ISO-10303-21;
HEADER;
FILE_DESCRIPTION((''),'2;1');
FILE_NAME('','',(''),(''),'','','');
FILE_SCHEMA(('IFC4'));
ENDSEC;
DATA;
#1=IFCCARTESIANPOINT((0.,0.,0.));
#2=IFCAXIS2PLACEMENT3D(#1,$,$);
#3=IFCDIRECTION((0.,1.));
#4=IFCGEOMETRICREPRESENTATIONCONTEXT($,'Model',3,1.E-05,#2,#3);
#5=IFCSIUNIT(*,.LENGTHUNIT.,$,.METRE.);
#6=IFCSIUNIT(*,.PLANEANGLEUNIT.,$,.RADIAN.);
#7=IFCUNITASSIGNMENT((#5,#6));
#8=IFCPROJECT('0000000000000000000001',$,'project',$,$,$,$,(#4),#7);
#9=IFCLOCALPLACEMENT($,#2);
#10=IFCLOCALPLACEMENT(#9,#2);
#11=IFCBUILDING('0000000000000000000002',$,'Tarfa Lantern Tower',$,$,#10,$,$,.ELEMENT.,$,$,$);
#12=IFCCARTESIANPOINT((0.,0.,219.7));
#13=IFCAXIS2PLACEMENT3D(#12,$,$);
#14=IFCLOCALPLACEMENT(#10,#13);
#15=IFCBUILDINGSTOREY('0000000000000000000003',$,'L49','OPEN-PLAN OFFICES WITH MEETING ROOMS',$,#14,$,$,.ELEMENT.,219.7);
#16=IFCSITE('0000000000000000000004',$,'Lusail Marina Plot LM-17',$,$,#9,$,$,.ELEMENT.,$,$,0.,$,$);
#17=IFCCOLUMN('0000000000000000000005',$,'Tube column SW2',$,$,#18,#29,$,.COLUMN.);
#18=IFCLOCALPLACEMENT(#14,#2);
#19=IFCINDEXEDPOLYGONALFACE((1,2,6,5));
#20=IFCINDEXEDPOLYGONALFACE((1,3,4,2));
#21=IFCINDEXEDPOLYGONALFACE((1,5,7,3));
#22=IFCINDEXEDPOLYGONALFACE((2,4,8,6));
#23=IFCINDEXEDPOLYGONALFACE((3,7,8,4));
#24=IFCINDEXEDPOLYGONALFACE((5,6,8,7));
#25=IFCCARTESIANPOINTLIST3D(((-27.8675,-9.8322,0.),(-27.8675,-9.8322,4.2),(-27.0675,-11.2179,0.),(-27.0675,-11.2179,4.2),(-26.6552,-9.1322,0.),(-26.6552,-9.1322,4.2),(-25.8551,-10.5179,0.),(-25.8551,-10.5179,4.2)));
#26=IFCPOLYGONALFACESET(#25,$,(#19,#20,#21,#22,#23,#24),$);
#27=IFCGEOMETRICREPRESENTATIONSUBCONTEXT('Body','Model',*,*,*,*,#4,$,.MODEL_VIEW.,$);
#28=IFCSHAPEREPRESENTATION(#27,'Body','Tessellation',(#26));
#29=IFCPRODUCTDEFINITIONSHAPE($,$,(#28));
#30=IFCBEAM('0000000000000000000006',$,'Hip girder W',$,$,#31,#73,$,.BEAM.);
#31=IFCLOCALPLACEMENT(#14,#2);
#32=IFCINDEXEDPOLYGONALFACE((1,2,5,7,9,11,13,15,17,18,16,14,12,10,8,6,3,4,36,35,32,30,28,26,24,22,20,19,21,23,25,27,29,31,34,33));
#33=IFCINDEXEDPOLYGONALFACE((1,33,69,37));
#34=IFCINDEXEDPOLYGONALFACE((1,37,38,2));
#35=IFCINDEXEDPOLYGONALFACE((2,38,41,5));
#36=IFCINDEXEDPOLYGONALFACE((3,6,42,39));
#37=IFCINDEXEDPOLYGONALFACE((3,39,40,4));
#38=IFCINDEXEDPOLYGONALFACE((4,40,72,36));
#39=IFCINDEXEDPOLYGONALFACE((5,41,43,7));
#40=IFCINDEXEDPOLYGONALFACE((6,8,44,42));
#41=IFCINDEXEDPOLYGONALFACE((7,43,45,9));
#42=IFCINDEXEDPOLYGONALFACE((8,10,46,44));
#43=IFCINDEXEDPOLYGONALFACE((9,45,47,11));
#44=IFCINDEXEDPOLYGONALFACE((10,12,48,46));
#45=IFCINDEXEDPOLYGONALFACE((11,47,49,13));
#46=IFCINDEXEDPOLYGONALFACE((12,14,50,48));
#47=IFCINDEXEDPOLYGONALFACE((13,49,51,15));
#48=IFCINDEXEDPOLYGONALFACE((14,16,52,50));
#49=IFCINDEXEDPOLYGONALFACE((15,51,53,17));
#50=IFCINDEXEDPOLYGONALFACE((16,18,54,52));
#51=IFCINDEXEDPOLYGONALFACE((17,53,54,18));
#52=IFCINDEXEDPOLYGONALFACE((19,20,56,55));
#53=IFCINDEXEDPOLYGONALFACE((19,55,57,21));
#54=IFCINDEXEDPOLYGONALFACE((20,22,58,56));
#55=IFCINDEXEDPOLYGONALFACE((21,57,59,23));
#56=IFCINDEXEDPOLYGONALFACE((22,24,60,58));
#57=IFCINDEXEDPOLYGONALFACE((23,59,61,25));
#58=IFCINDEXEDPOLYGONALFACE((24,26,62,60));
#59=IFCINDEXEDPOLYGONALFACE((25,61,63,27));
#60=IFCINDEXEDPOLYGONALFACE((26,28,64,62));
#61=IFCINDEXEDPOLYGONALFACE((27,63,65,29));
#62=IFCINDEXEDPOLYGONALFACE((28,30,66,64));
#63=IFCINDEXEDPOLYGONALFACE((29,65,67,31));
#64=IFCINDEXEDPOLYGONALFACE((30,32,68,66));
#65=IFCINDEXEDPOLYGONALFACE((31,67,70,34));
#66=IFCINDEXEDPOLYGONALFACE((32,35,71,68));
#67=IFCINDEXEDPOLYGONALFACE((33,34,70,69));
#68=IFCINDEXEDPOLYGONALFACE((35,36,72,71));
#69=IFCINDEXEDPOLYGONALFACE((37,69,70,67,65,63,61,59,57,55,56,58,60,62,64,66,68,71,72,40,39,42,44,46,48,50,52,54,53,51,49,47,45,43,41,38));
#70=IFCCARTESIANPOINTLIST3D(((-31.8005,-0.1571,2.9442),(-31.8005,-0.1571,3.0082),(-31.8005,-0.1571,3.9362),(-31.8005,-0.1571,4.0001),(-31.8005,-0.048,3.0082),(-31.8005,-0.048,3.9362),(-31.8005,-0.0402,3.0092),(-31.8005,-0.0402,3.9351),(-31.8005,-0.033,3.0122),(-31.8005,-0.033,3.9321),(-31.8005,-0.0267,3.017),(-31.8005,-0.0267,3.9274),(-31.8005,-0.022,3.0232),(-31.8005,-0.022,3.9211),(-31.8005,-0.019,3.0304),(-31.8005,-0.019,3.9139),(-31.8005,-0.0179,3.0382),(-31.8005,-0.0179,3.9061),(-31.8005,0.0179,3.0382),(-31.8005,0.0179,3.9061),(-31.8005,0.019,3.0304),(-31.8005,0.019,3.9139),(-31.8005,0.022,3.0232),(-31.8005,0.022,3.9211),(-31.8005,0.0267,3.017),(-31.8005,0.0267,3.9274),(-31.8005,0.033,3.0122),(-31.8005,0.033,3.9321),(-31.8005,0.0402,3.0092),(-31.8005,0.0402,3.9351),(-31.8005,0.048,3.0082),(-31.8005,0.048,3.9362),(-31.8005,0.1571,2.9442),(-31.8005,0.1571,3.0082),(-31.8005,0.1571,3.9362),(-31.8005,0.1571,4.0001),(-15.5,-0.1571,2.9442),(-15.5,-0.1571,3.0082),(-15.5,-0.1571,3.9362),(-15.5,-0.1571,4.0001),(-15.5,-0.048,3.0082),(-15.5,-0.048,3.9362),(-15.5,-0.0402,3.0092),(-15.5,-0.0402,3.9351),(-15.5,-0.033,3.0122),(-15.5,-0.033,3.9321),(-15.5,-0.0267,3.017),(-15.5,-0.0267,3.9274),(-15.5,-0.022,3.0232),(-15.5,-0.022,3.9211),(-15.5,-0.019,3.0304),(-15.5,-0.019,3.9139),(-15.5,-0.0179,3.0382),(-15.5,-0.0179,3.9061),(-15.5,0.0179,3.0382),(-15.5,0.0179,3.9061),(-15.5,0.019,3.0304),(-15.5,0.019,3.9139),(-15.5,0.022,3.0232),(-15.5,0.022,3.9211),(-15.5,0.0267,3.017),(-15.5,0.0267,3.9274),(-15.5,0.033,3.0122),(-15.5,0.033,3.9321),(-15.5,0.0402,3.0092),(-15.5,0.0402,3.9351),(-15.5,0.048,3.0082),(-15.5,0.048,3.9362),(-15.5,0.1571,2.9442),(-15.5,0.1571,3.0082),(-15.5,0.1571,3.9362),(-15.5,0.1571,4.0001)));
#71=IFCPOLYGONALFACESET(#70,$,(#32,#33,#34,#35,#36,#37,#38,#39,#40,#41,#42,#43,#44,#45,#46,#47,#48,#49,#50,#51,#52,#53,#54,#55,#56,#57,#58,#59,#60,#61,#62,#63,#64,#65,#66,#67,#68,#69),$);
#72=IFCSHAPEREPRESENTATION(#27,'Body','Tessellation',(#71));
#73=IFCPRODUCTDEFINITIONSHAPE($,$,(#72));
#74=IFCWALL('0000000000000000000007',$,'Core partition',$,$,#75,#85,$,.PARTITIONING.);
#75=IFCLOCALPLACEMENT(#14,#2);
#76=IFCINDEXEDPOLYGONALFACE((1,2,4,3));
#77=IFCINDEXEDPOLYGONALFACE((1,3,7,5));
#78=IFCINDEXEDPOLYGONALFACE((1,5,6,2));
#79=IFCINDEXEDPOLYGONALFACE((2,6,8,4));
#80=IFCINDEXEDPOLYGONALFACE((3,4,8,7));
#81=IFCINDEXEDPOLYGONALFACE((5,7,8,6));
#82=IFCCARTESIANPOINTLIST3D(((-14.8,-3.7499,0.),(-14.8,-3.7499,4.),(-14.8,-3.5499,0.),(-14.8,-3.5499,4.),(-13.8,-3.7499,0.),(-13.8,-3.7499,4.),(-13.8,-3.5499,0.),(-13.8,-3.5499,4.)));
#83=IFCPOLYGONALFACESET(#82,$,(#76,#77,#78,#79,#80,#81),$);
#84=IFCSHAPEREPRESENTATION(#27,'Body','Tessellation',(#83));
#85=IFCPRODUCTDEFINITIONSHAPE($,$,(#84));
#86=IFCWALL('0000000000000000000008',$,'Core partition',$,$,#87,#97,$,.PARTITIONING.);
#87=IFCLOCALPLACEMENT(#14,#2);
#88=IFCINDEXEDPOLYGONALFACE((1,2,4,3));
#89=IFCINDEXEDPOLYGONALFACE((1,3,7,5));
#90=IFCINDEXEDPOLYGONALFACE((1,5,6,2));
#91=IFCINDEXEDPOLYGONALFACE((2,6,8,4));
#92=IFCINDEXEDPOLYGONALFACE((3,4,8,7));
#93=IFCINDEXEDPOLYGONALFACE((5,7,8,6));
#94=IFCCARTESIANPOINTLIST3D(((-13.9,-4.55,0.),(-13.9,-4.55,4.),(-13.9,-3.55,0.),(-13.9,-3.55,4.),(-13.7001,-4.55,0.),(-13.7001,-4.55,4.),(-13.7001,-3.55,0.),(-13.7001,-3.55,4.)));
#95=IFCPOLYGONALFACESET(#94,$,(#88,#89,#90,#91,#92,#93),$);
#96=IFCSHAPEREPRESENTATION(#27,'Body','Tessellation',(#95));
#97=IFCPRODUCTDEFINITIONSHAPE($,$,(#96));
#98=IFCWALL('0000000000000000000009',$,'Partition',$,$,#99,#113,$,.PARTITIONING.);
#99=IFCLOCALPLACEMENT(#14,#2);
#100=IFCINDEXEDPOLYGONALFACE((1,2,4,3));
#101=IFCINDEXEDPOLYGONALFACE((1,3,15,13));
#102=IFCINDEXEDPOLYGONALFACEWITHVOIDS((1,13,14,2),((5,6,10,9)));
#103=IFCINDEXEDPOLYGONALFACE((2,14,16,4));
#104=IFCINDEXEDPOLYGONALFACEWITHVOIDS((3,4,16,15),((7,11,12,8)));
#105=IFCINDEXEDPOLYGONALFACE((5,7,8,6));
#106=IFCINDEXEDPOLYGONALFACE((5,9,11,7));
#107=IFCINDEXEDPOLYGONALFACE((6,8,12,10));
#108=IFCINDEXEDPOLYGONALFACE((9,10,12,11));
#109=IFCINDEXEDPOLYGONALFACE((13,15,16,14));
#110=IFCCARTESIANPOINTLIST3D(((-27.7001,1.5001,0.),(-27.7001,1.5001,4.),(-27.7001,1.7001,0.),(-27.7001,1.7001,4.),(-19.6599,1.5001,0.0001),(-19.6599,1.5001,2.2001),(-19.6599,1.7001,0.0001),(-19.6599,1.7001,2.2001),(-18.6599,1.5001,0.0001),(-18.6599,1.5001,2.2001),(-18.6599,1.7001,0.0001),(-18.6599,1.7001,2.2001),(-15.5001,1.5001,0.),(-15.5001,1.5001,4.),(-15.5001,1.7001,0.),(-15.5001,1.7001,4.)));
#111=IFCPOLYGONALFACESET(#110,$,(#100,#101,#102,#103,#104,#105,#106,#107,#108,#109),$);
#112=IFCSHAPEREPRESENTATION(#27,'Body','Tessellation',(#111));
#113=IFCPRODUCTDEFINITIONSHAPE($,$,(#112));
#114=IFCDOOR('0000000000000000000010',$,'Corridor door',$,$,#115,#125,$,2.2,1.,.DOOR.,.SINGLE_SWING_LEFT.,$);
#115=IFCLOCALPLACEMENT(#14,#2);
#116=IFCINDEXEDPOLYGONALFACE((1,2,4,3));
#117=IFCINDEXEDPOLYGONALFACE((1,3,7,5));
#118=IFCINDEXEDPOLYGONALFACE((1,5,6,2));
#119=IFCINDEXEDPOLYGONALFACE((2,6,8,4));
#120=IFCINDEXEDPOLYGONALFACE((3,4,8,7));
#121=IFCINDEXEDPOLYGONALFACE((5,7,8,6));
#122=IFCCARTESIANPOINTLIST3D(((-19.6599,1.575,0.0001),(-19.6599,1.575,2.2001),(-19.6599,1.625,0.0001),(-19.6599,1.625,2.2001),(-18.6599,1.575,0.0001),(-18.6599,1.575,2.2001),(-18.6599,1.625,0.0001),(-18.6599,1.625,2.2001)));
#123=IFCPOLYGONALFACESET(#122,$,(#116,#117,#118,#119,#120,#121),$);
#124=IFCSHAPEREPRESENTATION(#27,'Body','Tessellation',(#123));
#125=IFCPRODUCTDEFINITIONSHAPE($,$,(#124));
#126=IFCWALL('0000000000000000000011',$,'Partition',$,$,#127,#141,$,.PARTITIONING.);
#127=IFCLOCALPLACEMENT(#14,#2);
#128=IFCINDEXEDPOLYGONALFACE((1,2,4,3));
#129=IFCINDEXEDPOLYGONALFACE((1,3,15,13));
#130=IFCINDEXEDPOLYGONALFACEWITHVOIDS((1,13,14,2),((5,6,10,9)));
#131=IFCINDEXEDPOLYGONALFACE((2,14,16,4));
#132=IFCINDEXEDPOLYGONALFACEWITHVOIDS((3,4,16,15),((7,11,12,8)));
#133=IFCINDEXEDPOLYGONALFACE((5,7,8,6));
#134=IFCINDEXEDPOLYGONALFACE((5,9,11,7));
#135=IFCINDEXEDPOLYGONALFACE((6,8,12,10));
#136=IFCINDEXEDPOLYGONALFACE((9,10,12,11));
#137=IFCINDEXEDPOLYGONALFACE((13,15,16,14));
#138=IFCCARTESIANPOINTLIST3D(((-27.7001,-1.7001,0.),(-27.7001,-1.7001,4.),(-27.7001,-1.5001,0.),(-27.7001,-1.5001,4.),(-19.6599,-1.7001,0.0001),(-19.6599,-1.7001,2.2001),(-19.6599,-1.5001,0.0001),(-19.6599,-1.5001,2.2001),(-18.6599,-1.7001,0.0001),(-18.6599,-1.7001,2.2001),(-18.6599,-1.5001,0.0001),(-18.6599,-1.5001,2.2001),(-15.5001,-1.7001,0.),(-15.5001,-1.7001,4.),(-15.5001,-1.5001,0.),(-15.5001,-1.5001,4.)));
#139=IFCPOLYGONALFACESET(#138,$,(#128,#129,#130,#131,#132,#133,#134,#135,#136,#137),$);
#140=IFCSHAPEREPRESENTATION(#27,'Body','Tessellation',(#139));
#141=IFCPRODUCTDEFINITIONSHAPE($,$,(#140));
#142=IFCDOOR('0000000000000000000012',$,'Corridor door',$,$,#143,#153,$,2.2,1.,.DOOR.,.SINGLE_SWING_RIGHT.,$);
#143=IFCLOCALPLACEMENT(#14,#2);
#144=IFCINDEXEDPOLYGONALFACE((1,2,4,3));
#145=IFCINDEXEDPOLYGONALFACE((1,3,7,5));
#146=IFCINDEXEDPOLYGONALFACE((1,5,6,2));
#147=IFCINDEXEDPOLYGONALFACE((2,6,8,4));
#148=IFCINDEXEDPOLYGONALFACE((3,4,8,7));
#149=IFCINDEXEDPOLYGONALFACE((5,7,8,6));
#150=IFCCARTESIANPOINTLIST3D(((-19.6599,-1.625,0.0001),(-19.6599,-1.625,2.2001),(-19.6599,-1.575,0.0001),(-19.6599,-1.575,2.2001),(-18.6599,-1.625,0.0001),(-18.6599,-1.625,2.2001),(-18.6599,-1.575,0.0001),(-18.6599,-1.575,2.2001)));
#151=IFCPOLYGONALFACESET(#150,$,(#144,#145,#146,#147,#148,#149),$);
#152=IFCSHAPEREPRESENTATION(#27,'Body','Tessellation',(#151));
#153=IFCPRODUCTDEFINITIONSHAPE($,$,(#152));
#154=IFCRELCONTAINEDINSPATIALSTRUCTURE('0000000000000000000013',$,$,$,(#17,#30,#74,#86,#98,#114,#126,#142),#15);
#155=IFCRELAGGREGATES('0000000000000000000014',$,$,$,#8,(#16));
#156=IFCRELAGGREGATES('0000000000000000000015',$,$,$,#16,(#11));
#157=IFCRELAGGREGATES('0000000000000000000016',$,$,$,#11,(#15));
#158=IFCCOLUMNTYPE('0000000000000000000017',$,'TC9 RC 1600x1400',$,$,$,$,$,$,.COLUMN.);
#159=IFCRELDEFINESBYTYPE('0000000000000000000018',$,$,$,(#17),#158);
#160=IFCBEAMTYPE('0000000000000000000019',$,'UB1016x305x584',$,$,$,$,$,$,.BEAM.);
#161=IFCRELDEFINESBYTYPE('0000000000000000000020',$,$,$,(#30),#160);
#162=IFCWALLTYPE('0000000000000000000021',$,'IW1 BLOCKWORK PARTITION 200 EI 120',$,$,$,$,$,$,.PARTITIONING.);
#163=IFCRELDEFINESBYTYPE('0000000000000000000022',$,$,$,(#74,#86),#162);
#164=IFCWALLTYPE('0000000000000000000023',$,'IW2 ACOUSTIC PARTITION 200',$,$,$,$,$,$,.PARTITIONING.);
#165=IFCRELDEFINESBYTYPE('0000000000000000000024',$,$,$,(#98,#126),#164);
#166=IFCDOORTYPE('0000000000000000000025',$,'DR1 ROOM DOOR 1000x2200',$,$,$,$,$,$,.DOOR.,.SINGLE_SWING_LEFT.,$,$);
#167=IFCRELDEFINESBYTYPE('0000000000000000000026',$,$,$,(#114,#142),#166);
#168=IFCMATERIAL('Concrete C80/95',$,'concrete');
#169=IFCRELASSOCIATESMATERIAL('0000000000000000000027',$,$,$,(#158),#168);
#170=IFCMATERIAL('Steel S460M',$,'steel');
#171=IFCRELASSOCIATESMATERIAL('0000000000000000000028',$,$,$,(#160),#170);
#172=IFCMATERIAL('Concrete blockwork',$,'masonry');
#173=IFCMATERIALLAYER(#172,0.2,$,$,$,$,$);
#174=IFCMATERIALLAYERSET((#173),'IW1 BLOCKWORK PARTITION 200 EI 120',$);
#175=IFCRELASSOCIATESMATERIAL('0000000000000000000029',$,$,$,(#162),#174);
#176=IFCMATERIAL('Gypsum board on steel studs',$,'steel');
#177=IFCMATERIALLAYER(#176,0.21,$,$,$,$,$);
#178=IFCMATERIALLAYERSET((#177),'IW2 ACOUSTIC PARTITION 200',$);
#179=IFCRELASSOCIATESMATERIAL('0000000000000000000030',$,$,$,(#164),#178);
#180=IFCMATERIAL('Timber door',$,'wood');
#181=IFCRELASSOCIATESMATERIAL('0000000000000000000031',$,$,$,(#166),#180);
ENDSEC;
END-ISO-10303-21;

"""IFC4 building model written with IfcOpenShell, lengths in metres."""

from ifc_helpers import new_model, si_unit, direction, frame, frame_2d, origin, origin_2d, place, context, subcontext, project, spatial, rectangle, i_section, extrude, material, layer, layer_set, material_profile, profile_set, type_object, element, fill, save


model = new_model("IFC4")

# Units and contexts
model_context = context("Model", 3, precision=1e-05, world=origin(), true_north=direction((0.0, 1.0)))
body_context = subcontext(model_context, "Body", "Model", "MODEL_VIEW")
ifc_project = project(units=[si_unit("LENGTHUNIT", "METRE"), si_unit("PLANEANGLEUNIT", "RADIAN")], contexts=[model_context])

# Site, building, storey
site_placement = place(None, origin())
site = spatial("IfcSite", under=ifc_project, at=site_placement, Name="Lusail Marina Plot LM-17", CompositionType="ELEMENT", RefElevation=0.0)
building_placement = place(site_placement, origin())
building = spatial("IfcBuilding", under=site, at=building_placement, Name="Tarfa Lantern Tower", CompositionType="ELEMENT")
storey_placement = place(building_placement, frame((0.0, 0.0, 219.7)))
storey = spatial("IfcBuildingStorey", under=building, at=storey_placement, Name="L49", Description="OPEN-PLAN OFFICES WITH MEETING ROOMS", CompositionType="ELEMENT", Elevation=219.7)

# Column
ifc_material_1 = material(Name="Concrete C80/95", Category="concrete")
ifc_material_profile_1 = material_profile(ifc_material_1, rectangle(XDim=1.6001, YDim=1.3999, at=origin_2d()), Name="RC 1600x1400")
ifc_profile_set_1 = profile_set([ifc_material_profile_1], Name="Concrete C80/95")
column_type = type_object("IfcColumnType", Name="TC9 RC 1600x1400", PredefinedType="COLUMN", material=ifc_profile_set_1)
column_placement = place(storey_placement, frame((-26.8613, -10.175, 0.0), z_axis=(0.0, 0.0, 1.0), x_axis=(0.5, -0.866025, 0.0)))
element("IfcColumn", 1, at=column_placement, inside=storey, type_object=column_type, Name="Tube column SW2", PredefinedType="COLUMN", context=body_context, shape_type="SweptSolid", body=[
    extrude(rectangle(XDim=1.6001, YDim=1.3999, at=origin_2d()), origin(), (0.0, 0.0, 1.0), 4.2),
])

# Beam
ifc_material_2 = material(Name="Steel S460M", Category="steel")
ifc_material_profile_2 = material_profile(ifc_material_2, i_section(OverallWidth=0.3142, OverallDepth=1.0559, WebThickness=0.0359, FlangeThickness=0.064, FilletRadius=0.03, at=origin_2d()), Name="UB1016x305x584")
ifc_profile_set_2 = profile_set([ifc_material_profile_2], Name="Steel S460M")
beam_type = type_object("IfcBeamType", Name="UB1016x305x584", PredefinedType="BEAM", material=ifc_profile_set_2)
beam_placement = place(storey_placement, frame((-15.5, 0.0, 3.4722), z_axis=(-1.0, 0.0, 0.0), x_axis=(0.0, -1.0, 0.0)))
element("IfcBeam", 2, at=beam_placement, inside=storey, type_object=beam_type, Name="Hip girder W", PredefinedType="BEAM", context=body_context, shape_type="SweptSolid", body=[
    extrude(i_section(OverallWidth=0.3142, OverallDepth=1.0559, WebThickness=0.0359, FlangeThickness=0.064, FilletRadius=0.03, at=origin_2d()), origin(), (0.0, 0.0, 1.0), 16.3005),
])

# Walls
ifc_material_3 = material(Name="Concrete blockwork", Category="masonry")
ifc_layer_1 = layer(ifc_material_3, 0.2)
ifc_layer_set_1 = layer_set([ifc_layer_1], Name="IW1 BLOCKWORK PARTITION 200 EI 120")
wall_type_1 = type_object("IfcWallType", Name="IW1 BLOCKWORK PARTITION 200 EI 120", PredefinedType="PARTITIONING", material=ifc_layer_set_1)
for number, where, z_axis, x_axis, name in (
    (3, (-13.8, -3.6499, 0.0), (0.0, 0.0, 1.0), (-1.0, 0.0, 0.0), "Core partition"),
    (4, (-13.8, -3.55, 0.0), (0.0, 0.0, 1.0), (0.0, -1.0, 0.0), "Core partition"),
):
    element("IfcWall", number, at=place(storey_placement, frame(where, z_axis=z_axis, x_axis=x_axis)), inside=storey, type_object=wall_type_1, Name=name, PredefinedType="PARTITIONING", context=body_context, shape_type="SweptSolid", body=[
        extrude(rectangle(XDim=1.0, YDim=0.2, at=frame_2d((0.5, 0.0))), origin(), (0.0, 0.0, 1.0), 4.0),
    ])

# Walls, openings, doors
ifc_material_4 = material(Name="Gypsum board on steel studs", Category="steel")
ifc_layer_2 = layer(ifc_material_4, 0.21)
ifc_layer_set_2 = layer_set([ifc_layer_2], Name="IW2 ACOUSTIC PARTITION 200")
wall_type_2 = type_object("IfcWallType", Name="IW2 ACOUSTIC PARTITION 200", PredefinedType="PARTITIONING", material=ifc_layer_set_2)
wall_1_placement = place(storey_placement, frame((-15.5, 1.6001, 0.0), z_axis=(0.0, 0.0, 1.0), x_axis=(-1.0, 0.0, 0.0)))
wall_1 = element("IfcWall", 5, at=wall_1_placement, inside=storey, type_object=wall_type_2, Name="Partition", PredefinedType="PARTITIONING", context=body_context, shape_type="SweptSolid", body=[
    extrude(rectangle(XDim=12.2, YDim=0.2, at=frame_2d((6.1001, 0.0))), origin(), (0.0, 0.0, 1.0), 4.0),
])
opening_1_placement = place(wall_1_placement, frame((3.1599, 0.0, 0.0)))
opening_1 = element("IfcOpeningElement", 6, at=opening_1_placement, cuts=wall_1, PredefinedType="OPENING", context=body_context, shape_type="SweptSolid", body=[
    extrude(rectangle(XDim=1.0, YDim=2.2, at=frame_2d((0.5, 1.1001))), frame((0.0, 0.1099, 0.0), z_axis=(0.0, -1.0, 0.0), x_axis=(1.0, 0.0, 0.0)), (0.0, 0.0, 1.0), 0.22),
])
ifc_material_5 = material(Name="Timber door", Category="wood")
door_type_1 = type_object("IfcDoorType", Name="DR1 ROOM DOOR 1000x2200", OperationType="SINGLE_SWING_LEFT", PredefinedType="DOOR", material=ifc_material_5)
door_1_placement = place(opening_1_placement, frame((1.0, 0.0, 0.0), z_axis=(0.0, 0.0, 1.0), x_axis=(-1.0, 0.0, 0.0)))
door_1 = element("IfcDoor", 7, at=door_1_placement, inside=storey, type_object=door_type_1, Name="Corridor door", OperationType="SINGLE_SWING_LEFT", OverallHeight=2.2, OverallWidth=1.0, PredefinedType="DOOR", context=body_context, shape_type="SweptSolid", body=[
    extrude(rectangle(XDim=1.0, YDim=2.2, at=frame_2d((0.5, 1.1001))), frame((0.0, 0.0249, 0.0), z_axis=(0.0, -1.0, 0.0), x_axis=(1.0, 0.0, 0.0)), (0.0, 0.0, 1.0), 0.05),
])
fill(opening_1, door_1)
wall_2_placement = place(storey_placement, frame((-15.5, -1.6001, 0.0), z_axis=(0.0, 0.0, 1.0), x_axis=(-1.0, 0.0, 0.0)))
wall_2 = element("IfcWall", 8, at=wall_2_placement, inside=storey, type_object=wall_type_2, Name="Partition", PredefinedType="PARTITIONING", context=body_context, shape_type="SweptSolid", body=[
    extrude(rectangle(XDim=12.2, YDim=0.2, at=frame_2d((6.1001, 0.0))), origin(), (0.0, 0.0, 1.0), 4.0),
])
opening_2_placement = place(wall_2_placement, frame((3.1599, 0.0, 0.0)))
opening_2 = element("IfcOpeningElement", 9, at=opening_2_placement, cuts=wall_2, PredefinedType="OPENING", context=body_context, shape_type="SweptSolid", body=[
    extrude(rectangle(XDim=1.0, YDim=2.2, at=frame_2d((0.5, 1.1001))), frame((0.0, 0.1099, 0.0), z_axis=(0.0, -1.0, 0.0), x_axis=(1.0, 0.0, 0.0)), (0.0, 0.0, 1.0), 0.22),
])
door_2_placement = place(opening_2_placement, origin())
door_2 = element("IfcDoor", 10, at=door_2_placement, inside=storey, type_object=door_type_1, Name="Corridor door", OperationType="SINGLE_SWING_RIGHT", OverallHeight=2.2, OverallWidth=1.0, PredefinedType="DOOR", context=body_context, shape_type="SweptSolid", body=[
    extrude(rectangle(XDim=1.0, YDim=2.2, at=frame_2d((0.5, 1.1001))), frame((0.0, 0.0249, 0.0), z_axis=(0.0, -1.0, 0.0), x_axis=(1.0, 0.0, 0.0)), (0.0, 0.0, 1.0), 0.05),
])
fill(opening_2, door_2)

save(model, "model.ifc")
